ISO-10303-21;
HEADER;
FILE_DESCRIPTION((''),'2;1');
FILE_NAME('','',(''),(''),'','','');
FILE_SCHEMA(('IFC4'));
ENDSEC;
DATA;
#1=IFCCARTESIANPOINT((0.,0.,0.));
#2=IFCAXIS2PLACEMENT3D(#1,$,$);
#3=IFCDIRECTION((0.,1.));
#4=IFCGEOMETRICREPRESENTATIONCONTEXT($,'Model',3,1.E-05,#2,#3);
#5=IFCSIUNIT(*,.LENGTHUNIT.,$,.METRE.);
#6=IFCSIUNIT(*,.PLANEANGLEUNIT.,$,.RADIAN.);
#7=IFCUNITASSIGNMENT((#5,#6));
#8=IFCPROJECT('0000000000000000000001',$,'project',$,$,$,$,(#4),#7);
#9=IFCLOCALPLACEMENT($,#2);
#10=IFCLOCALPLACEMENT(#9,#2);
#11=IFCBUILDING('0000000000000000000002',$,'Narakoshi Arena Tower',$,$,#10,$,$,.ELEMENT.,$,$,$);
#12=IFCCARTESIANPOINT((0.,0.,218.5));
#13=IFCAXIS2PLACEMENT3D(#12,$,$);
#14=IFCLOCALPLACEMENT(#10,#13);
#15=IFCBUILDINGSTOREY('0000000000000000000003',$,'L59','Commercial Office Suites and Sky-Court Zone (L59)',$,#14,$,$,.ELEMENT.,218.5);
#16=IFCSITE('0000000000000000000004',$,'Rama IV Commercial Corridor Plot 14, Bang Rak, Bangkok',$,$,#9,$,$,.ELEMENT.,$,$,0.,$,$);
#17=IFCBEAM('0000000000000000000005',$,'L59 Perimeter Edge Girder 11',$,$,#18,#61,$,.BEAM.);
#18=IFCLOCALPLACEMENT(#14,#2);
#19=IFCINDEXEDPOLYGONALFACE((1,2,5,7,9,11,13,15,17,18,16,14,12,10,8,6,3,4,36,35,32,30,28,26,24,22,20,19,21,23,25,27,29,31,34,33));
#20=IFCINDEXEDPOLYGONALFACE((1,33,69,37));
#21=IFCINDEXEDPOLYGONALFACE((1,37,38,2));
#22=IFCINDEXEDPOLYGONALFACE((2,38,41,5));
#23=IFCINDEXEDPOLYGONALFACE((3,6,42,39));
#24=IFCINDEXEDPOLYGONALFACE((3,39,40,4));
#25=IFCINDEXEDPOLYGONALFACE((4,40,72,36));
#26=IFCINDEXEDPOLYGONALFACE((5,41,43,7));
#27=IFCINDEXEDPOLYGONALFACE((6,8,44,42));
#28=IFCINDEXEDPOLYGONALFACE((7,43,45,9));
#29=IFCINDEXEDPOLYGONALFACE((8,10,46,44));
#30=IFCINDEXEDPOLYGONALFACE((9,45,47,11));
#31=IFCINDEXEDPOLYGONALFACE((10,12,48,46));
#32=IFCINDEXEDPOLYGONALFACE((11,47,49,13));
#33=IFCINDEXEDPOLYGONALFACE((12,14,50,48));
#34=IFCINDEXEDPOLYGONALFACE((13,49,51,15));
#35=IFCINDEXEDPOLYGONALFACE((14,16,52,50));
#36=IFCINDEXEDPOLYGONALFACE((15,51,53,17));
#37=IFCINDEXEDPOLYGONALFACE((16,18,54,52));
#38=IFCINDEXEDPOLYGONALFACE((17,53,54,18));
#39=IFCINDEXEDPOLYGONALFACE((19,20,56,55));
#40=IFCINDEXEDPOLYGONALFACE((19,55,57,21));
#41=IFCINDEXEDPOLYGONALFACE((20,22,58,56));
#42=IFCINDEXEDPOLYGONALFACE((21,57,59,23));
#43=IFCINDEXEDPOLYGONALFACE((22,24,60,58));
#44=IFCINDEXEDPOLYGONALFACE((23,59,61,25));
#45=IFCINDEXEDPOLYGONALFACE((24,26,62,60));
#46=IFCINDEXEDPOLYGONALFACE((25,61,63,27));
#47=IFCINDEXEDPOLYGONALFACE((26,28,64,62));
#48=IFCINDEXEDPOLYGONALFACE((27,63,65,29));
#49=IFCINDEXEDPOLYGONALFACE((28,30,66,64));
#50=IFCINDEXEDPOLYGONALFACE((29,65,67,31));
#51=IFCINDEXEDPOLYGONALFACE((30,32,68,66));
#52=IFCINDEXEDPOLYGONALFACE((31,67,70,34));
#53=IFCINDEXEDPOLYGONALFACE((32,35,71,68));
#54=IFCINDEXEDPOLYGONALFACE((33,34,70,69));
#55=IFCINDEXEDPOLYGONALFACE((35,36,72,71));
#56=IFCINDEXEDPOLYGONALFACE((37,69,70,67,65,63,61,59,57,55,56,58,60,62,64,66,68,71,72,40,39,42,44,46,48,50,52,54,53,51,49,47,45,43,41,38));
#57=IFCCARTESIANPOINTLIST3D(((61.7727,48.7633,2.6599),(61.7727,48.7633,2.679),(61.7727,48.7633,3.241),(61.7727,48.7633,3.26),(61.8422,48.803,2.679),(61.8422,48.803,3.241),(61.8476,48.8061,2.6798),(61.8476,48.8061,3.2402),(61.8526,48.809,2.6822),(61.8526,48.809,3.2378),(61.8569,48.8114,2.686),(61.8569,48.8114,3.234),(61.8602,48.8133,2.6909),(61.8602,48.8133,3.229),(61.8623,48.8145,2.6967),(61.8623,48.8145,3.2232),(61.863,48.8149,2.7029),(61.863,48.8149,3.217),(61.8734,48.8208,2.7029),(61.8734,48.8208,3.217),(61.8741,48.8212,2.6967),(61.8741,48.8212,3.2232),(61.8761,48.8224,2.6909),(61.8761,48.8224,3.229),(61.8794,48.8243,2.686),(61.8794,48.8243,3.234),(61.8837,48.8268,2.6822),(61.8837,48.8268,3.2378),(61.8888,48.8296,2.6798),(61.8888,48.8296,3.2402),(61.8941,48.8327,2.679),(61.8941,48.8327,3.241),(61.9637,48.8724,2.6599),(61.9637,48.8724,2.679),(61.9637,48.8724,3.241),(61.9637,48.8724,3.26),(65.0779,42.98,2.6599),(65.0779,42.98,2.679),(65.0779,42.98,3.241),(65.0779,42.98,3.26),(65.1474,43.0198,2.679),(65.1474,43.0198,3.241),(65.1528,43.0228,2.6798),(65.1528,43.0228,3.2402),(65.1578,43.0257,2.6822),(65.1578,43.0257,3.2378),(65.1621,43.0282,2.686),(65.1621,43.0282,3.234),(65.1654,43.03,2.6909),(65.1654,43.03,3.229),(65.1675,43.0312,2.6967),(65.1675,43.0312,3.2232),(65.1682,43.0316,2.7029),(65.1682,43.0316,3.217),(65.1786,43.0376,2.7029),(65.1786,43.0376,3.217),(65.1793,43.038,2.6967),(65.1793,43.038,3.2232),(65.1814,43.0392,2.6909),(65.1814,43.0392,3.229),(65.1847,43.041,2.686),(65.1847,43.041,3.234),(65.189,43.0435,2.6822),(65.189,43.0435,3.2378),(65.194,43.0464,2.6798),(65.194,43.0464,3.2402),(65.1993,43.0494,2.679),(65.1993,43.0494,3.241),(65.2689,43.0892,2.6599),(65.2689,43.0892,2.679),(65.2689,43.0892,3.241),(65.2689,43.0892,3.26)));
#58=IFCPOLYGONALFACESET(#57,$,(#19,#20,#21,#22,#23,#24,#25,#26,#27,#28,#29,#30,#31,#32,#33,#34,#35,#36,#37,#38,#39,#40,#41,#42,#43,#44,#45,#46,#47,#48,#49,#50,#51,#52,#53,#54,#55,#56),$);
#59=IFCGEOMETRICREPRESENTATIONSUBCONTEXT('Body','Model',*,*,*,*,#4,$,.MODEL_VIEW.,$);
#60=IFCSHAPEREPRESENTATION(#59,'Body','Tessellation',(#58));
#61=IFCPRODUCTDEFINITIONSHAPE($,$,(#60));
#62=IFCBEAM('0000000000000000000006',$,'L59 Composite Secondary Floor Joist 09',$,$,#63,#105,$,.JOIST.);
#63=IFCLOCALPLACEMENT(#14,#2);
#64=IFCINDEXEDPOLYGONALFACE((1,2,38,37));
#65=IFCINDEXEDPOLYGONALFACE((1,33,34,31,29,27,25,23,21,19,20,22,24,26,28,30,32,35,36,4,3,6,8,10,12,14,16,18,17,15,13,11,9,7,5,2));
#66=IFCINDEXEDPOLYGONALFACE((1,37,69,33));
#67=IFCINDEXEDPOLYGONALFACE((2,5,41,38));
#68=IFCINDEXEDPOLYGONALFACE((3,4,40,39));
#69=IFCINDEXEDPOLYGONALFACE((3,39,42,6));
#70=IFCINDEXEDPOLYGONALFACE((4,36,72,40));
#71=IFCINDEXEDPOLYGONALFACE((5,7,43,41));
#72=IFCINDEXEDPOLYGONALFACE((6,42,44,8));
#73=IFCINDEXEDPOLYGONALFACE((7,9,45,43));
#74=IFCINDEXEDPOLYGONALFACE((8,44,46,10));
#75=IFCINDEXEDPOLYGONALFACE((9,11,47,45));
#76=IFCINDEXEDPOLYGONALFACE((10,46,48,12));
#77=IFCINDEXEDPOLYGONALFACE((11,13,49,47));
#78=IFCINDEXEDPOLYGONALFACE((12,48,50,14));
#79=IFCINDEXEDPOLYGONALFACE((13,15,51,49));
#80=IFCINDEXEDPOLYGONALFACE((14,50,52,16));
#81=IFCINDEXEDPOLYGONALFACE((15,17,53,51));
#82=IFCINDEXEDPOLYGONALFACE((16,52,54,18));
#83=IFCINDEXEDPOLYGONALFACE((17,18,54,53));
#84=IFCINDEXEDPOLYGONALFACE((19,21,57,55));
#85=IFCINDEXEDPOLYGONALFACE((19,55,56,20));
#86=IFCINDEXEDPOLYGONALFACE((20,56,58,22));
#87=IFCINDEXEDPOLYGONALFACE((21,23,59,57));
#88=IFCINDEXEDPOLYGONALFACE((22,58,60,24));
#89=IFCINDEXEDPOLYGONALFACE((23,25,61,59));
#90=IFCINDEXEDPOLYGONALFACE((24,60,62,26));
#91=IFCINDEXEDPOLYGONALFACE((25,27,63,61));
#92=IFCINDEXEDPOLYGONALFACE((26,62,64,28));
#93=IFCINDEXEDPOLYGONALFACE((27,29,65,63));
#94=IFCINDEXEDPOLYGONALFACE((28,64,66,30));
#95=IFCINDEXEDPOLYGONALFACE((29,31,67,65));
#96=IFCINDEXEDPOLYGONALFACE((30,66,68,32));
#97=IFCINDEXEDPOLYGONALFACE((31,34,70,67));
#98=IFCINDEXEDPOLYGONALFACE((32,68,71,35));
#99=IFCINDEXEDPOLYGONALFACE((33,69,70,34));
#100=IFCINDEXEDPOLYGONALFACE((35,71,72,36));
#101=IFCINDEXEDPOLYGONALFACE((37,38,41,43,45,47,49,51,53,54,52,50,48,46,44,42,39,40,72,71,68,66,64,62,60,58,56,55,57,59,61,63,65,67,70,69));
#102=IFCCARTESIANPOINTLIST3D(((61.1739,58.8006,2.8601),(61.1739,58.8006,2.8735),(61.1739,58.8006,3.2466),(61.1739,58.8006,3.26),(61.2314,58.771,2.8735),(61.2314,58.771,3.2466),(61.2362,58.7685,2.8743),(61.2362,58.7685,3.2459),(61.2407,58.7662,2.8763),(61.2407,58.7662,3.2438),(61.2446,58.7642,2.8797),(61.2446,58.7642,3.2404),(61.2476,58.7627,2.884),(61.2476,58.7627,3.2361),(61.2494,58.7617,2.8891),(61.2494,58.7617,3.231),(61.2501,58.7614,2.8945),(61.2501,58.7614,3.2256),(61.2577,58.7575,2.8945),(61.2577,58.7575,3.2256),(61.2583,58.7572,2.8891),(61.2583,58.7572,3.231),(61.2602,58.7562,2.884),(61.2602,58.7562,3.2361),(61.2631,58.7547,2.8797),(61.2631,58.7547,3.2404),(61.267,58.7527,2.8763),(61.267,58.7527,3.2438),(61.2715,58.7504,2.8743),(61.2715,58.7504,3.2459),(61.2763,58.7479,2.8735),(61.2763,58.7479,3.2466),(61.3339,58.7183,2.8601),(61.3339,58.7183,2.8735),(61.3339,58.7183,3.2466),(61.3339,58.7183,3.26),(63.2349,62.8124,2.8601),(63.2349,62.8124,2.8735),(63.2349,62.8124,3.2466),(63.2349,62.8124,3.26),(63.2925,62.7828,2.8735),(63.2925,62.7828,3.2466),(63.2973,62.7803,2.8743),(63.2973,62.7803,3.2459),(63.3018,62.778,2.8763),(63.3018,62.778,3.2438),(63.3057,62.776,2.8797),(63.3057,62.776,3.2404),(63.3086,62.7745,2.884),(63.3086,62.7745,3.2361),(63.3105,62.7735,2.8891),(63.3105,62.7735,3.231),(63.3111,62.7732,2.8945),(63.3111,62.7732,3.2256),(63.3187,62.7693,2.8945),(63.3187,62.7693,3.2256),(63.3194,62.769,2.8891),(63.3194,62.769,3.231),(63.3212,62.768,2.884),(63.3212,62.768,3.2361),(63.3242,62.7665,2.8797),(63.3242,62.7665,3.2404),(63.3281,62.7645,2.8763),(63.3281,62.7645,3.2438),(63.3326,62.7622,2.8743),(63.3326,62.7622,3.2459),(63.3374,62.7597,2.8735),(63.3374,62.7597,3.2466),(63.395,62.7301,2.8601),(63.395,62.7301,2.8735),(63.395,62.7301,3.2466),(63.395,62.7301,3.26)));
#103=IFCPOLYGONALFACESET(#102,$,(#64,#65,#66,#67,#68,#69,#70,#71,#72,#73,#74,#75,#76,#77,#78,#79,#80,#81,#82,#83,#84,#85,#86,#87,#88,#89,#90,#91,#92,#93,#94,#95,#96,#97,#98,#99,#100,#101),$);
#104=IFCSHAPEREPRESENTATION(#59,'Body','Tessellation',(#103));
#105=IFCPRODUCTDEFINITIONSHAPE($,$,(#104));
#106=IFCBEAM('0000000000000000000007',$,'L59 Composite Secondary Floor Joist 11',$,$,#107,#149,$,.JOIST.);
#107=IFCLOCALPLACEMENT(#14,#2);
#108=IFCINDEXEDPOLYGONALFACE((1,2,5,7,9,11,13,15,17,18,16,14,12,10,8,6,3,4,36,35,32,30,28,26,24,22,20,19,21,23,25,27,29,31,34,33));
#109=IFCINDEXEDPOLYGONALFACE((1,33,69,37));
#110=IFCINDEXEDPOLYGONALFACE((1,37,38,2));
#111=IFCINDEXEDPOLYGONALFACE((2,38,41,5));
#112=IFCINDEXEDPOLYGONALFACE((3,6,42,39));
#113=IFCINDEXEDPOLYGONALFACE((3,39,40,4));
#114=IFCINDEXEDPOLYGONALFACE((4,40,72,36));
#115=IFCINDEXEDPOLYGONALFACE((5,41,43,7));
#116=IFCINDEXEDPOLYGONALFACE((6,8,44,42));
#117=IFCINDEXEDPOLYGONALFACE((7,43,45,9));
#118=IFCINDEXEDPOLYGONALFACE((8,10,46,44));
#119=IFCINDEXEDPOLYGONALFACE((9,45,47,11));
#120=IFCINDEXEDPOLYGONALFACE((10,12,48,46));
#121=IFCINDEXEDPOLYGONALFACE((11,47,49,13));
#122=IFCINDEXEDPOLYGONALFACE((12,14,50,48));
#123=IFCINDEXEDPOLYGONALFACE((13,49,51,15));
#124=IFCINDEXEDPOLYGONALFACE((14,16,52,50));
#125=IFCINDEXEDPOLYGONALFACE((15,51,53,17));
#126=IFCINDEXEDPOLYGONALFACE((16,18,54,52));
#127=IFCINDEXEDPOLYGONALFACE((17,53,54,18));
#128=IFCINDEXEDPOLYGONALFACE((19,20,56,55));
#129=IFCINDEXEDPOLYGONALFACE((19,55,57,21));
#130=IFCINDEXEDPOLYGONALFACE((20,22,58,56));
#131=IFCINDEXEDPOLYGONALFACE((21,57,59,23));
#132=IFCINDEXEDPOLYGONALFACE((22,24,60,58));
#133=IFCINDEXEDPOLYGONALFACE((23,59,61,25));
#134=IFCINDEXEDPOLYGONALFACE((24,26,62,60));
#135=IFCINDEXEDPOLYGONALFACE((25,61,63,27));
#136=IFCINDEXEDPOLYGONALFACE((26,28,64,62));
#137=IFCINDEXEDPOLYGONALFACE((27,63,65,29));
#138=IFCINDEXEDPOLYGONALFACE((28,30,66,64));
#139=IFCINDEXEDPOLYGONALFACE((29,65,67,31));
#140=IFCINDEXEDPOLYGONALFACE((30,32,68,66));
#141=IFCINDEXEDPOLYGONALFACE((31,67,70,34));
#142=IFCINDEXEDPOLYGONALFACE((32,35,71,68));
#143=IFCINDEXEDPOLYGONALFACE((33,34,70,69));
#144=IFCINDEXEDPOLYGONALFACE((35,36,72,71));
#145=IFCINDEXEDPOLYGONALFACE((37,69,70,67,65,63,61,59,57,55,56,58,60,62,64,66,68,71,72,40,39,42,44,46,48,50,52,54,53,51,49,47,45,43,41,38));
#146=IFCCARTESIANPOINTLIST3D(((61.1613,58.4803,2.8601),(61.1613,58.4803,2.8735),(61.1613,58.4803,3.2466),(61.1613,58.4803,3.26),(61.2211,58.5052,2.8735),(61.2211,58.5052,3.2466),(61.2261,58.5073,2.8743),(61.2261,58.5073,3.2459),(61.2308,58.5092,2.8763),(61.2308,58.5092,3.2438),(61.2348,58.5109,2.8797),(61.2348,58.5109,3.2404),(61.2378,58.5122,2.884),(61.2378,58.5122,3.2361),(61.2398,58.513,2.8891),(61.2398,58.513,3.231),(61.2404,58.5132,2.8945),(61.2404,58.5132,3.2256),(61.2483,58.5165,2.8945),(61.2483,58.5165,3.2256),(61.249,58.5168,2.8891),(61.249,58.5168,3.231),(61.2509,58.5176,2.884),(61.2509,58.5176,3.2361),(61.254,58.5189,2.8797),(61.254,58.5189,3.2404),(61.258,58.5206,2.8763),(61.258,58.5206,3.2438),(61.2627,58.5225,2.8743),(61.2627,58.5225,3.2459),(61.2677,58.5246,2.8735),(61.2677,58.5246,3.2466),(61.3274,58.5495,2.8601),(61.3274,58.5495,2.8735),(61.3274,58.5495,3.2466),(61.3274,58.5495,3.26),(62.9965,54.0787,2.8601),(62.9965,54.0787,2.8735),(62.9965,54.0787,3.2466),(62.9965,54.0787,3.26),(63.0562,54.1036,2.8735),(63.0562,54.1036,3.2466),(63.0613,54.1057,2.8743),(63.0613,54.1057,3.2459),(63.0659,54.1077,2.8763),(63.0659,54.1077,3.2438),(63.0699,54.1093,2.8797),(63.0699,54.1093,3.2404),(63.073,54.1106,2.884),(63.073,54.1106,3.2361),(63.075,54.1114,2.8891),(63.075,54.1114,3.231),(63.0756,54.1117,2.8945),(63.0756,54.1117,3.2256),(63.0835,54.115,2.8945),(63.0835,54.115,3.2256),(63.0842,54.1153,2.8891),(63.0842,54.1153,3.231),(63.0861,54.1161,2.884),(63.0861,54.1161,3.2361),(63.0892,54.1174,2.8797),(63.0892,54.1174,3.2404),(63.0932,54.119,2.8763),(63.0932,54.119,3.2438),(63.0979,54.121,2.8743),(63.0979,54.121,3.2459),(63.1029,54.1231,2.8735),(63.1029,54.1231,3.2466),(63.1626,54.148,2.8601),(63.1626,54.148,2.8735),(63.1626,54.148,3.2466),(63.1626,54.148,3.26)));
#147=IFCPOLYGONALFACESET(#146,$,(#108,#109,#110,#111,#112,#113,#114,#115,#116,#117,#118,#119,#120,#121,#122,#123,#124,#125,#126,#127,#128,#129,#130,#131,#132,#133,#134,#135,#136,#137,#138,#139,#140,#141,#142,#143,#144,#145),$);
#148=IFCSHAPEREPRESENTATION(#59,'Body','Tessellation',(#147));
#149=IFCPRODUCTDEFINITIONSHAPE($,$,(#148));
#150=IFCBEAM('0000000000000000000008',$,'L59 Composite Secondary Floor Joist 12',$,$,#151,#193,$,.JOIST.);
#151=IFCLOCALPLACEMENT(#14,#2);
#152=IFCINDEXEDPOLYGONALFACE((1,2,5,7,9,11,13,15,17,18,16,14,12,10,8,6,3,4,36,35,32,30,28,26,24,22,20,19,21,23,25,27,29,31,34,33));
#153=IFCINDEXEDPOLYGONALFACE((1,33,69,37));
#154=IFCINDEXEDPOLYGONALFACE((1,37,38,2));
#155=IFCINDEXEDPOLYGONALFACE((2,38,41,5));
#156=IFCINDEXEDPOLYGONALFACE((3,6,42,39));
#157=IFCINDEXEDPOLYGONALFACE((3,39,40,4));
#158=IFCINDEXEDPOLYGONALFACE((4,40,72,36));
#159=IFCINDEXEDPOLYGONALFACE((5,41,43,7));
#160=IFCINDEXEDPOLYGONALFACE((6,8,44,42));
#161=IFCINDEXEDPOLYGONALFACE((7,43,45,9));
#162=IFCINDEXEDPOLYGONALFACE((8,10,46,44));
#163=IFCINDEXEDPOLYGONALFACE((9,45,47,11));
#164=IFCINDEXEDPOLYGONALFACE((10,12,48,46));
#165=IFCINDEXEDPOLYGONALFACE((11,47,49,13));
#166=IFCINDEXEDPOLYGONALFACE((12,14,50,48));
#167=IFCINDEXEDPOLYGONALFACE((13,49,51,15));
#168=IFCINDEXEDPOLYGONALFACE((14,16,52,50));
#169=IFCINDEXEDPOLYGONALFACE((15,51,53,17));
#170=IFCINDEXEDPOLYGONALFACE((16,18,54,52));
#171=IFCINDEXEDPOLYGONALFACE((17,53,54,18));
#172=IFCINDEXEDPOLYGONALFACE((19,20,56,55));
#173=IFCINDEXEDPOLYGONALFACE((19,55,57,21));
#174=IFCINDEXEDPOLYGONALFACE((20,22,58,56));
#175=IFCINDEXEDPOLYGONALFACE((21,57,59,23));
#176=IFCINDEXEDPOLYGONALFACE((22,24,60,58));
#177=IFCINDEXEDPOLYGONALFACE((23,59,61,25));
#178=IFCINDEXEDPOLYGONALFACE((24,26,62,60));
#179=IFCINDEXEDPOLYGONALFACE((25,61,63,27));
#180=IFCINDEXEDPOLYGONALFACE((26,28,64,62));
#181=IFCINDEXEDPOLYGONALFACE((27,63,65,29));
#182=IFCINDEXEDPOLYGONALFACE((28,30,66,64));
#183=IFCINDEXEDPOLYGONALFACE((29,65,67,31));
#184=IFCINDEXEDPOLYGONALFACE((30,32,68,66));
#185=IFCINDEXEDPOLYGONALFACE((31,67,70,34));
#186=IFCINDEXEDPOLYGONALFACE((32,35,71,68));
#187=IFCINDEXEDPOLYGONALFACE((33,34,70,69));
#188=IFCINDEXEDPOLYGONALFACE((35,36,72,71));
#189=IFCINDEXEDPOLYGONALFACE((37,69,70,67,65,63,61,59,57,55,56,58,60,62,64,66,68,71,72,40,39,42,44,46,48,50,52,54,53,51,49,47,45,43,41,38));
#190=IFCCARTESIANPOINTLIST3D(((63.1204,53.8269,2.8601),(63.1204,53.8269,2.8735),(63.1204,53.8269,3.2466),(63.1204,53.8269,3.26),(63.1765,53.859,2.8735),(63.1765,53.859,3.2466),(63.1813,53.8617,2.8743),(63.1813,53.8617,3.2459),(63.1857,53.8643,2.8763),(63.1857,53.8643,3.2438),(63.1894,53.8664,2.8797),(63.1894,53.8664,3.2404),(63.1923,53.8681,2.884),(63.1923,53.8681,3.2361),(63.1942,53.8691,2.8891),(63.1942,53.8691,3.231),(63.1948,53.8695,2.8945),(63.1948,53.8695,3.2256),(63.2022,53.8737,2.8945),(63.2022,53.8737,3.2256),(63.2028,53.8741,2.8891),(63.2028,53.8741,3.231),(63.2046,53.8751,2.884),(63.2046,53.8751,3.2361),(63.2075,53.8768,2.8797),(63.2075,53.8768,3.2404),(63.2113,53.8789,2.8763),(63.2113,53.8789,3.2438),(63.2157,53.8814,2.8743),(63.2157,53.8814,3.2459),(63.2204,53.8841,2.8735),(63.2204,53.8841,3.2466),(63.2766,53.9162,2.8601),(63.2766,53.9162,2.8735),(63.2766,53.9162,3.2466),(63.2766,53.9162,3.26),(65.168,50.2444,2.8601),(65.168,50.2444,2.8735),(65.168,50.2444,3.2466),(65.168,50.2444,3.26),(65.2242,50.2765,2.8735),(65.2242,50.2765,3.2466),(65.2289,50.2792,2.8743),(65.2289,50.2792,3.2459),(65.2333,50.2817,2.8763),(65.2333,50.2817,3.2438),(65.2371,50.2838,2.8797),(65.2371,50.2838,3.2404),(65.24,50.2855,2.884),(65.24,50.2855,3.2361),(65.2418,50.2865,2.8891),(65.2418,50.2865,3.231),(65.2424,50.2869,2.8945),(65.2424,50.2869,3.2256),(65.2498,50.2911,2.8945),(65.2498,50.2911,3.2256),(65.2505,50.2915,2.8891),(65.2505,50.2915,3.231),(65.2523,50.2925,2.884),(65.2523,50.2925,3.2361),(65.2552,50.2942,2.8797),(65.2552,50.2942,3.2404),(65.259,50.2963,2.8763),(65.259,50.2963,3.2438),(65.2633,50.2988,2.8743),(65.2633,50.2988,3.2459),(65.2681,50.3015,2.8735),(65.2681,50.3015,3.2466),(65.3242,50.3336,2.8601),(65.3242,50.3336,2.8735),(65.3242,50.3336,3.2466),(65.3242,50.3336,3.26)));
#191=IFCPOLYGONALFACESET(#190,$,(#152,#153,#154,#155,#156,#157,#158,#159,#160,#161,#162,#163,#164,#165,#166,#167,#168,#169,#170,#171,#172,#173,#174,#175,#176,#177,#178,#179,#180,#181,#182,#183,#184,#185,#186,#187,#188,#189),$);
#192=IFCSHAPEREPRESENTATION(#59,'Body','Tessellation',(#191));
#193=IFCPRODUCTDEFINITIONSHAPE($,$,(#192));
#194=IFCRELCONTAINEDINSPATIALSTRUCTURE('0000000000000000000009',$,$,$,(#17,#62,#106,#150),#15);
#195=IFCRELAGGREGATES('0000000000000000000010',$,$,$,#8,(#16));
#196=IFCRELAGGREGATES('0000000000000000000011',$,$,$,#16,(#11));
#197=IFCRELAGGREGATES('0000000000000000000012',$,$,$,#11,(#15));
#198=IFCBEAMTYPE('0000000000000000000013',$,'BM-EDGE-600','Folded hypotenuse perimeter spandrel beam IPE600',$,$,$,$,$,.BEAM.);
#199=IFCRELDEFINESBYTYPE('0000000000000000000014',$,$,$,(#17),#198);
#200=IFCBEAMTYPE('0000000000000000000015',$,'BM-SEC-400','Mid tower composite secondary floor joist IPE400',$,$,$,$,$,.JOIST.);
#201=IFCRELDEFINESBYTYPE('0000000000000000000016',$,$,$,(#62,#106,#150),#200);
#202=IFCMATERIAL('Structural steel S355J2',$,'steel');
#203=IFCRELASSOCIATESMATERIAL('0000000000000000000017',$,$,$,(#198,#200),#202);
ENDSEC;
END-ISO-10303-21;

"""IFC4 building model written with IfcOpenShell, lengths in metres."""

from ifc_helpers import new_model, si_unit, direction, frame, origin, origin_2d, place, context, subcontext, project, spatial, i_section, extrude, material, material_profile, profile_set, type_object, element, save


model = new_model("IFC4")

# Units and contexts
model_context = context("Model", 3, precision=1e-05, world=origin(), true_north=direction((0.0, 1.0)))
body_context = subcontext(model_context, "Body", "Model", "MODEL_VIEW")
ifc_project = project(units=[si_unit("LENGTHUNIT", "METRE"), si_unit("PLANEANGLEUNIT", "RADIAN")], contexts=[model_context])

# Site, building, storey
site_placement = place(None, origin())
site = spatial("IfcSite", under=ifc_project, at=site_placement, Name="Rama IV Commercial Corridor Plot 14, Bang Rak, Bangkok", CompositionType="ELEMENT", RefElevation=0.0)
building_placement = place(site_placement, origin())
building = spatial("IfcBuilding", under=site, at=building_placement, Name="Narakoshi Arena Tower", CompositionType="ELEMENT")
storey_placement = place(building_placement, frame((0.0, 0.0, 218.5)))
storey = spatial("IfcBuildingStorey", under=building, at=storey_placement, Name="L59", Description="Commercial Office Suites and Sky-Court Zone (L59)", CompositionType="ELEMENT", Elevation=218.5)

# Beams
ifc_material_1 = material(Name="Structural steel S355J2", Category="steel")
ifc_material_profile_1 = material_profile(ifc_material_1, i_section(OverallWidth=0.22, OverallDepth=0.6001, WebThickness=0.012, FlangeThickness=0.019, FilletRadius=0.0239, at=origin_2d()), Name="IPE600")
ifc_profile_set_1 = profile_set([ifc_material_profile_1], Name="Structural steel S355J2")
beam_type_1 = type_object("IfcBeamType", Name="BM-EDGE-600", Description="Folded hypotenuse perimeter spandrel beam IPE600", PredefinedType="BEAM", material=ifc_profile_set_1)
for number, where, z_axis, x_axis, name in (
    (1, (61.8682, 48.8179, 2.96), (0.496194, -0.868212, 0.0), (0.868212, 0.496194, 0.0), "L59 Perimeter Edge Girder 11"),
):
    element("IfcBeam", number, at=place(storey_placement, frame(where, z_axis=z_axis, x_axis=x_axis)), inside=storey, type_object=beam_type_1, Name=name, PredefinedType="BEAM", context=body_context, shape_type="SweptSolid", body=[
        extrude(i_section(OverallWidth=0.22, OverallDepth=0.6001, WebThickness=0.012, FlangeThickness=0.019, FilletRadius=0.0239, at=origin_2d()), origin(), (0.0, 0.0, 1.0), 6.6611),
    ])
ifc_material_profile_2 = material_profile(ifc_material_1, i_section(OverallWidth=0.1799, OverallDepth=0.3999, WebThickness=0.0085, FlangeThickness=0.0134, FilletRadius=0.021, at=origin_2d()), Name="IPE400")
ifc_profile_set_2 = profile_set([ifc_material_profile_2], Name="Structural steel S355J2")
beam_type_2 = type_object("IfcBeamType", Name="BM-SEC-400", Description="Mid tower composite secondary floor joist IPE400", PredefinedType="JOIST", material=ifc_profile_set_2)
beam_1_placement = place(storey_placement, frame((63.3149, 62.7712, 3.0601), z_axis=(-0.456974, -0.88948, 0.0), x_axis=(0.88948, -0.456974, 0.0)))
element("IfcBeam", 2, at=beam_1_placement, inside=storey, type_object=beam_type_2, Name="L59 Composite Secondary Floor Joist 09", PredefinedType="JOIST", context=body_context, shape_type="SweptSolid", body=[
    extrude(i_section(OverallWidth=0.1799, OverallDepth=0.3999, WebThickness=0.0085, FlangeThickness=0.0134, FilletRadius=0.021, at=origin_2d()), origin(), (0.0, 0.0, 1.0), 4.5103),
])
beam_2_placement = place(storey_placement, frame((61.2444, 58.5149, 3.0601), z_axis=(0.38483, -0.922988, 0.0), x_axis=(0.922988, 0.38483, 0.0)))
element("IfcBeam", 3, at=beam_2_placement, inside=storey, type_object=beam_type_2, Name="L59 Composite Secondary Floor Joist 11", PredefinedType="JOIST", context=body_context, shape_type="SweptSolid", body=[
    extrude(i_section(OverallWidth=0.1799, OverallDepth=0.3999, WebThickness=0.0085, FlangeThickness=0.0134, FilletRadius=0.021, at=origin_2d()), origin(), (0.0, 0.0, 1.0), 4.7688),
])
beam_3_placement = place(storey_placement, frame((63.1985, 53.8716, 3.0601), z_axis=(0.496222, -0.868196, 0.0), x_axis=(0.868196, 0.496222, 0.0)))
element("IfcBeam", 4, at=beam_3_placement, inside=storey, type_object=beam_type_2, Name="L59 Composite Secondary Floor Joist 12", PredefinedType="JOIST", context=body_context, shape_type="SweptSolid", body=[
    extrude(i_section(OverallWidth=0.1799, OverallDepth=0.3999, WebThickness=0.0085, FlangeThickness=0.0134, FilletRadius=0.021, at=origin_2d()), origin(), (0.0, 0.0, 1.0), 4.1265),
])

save(model, "model.ifc")
